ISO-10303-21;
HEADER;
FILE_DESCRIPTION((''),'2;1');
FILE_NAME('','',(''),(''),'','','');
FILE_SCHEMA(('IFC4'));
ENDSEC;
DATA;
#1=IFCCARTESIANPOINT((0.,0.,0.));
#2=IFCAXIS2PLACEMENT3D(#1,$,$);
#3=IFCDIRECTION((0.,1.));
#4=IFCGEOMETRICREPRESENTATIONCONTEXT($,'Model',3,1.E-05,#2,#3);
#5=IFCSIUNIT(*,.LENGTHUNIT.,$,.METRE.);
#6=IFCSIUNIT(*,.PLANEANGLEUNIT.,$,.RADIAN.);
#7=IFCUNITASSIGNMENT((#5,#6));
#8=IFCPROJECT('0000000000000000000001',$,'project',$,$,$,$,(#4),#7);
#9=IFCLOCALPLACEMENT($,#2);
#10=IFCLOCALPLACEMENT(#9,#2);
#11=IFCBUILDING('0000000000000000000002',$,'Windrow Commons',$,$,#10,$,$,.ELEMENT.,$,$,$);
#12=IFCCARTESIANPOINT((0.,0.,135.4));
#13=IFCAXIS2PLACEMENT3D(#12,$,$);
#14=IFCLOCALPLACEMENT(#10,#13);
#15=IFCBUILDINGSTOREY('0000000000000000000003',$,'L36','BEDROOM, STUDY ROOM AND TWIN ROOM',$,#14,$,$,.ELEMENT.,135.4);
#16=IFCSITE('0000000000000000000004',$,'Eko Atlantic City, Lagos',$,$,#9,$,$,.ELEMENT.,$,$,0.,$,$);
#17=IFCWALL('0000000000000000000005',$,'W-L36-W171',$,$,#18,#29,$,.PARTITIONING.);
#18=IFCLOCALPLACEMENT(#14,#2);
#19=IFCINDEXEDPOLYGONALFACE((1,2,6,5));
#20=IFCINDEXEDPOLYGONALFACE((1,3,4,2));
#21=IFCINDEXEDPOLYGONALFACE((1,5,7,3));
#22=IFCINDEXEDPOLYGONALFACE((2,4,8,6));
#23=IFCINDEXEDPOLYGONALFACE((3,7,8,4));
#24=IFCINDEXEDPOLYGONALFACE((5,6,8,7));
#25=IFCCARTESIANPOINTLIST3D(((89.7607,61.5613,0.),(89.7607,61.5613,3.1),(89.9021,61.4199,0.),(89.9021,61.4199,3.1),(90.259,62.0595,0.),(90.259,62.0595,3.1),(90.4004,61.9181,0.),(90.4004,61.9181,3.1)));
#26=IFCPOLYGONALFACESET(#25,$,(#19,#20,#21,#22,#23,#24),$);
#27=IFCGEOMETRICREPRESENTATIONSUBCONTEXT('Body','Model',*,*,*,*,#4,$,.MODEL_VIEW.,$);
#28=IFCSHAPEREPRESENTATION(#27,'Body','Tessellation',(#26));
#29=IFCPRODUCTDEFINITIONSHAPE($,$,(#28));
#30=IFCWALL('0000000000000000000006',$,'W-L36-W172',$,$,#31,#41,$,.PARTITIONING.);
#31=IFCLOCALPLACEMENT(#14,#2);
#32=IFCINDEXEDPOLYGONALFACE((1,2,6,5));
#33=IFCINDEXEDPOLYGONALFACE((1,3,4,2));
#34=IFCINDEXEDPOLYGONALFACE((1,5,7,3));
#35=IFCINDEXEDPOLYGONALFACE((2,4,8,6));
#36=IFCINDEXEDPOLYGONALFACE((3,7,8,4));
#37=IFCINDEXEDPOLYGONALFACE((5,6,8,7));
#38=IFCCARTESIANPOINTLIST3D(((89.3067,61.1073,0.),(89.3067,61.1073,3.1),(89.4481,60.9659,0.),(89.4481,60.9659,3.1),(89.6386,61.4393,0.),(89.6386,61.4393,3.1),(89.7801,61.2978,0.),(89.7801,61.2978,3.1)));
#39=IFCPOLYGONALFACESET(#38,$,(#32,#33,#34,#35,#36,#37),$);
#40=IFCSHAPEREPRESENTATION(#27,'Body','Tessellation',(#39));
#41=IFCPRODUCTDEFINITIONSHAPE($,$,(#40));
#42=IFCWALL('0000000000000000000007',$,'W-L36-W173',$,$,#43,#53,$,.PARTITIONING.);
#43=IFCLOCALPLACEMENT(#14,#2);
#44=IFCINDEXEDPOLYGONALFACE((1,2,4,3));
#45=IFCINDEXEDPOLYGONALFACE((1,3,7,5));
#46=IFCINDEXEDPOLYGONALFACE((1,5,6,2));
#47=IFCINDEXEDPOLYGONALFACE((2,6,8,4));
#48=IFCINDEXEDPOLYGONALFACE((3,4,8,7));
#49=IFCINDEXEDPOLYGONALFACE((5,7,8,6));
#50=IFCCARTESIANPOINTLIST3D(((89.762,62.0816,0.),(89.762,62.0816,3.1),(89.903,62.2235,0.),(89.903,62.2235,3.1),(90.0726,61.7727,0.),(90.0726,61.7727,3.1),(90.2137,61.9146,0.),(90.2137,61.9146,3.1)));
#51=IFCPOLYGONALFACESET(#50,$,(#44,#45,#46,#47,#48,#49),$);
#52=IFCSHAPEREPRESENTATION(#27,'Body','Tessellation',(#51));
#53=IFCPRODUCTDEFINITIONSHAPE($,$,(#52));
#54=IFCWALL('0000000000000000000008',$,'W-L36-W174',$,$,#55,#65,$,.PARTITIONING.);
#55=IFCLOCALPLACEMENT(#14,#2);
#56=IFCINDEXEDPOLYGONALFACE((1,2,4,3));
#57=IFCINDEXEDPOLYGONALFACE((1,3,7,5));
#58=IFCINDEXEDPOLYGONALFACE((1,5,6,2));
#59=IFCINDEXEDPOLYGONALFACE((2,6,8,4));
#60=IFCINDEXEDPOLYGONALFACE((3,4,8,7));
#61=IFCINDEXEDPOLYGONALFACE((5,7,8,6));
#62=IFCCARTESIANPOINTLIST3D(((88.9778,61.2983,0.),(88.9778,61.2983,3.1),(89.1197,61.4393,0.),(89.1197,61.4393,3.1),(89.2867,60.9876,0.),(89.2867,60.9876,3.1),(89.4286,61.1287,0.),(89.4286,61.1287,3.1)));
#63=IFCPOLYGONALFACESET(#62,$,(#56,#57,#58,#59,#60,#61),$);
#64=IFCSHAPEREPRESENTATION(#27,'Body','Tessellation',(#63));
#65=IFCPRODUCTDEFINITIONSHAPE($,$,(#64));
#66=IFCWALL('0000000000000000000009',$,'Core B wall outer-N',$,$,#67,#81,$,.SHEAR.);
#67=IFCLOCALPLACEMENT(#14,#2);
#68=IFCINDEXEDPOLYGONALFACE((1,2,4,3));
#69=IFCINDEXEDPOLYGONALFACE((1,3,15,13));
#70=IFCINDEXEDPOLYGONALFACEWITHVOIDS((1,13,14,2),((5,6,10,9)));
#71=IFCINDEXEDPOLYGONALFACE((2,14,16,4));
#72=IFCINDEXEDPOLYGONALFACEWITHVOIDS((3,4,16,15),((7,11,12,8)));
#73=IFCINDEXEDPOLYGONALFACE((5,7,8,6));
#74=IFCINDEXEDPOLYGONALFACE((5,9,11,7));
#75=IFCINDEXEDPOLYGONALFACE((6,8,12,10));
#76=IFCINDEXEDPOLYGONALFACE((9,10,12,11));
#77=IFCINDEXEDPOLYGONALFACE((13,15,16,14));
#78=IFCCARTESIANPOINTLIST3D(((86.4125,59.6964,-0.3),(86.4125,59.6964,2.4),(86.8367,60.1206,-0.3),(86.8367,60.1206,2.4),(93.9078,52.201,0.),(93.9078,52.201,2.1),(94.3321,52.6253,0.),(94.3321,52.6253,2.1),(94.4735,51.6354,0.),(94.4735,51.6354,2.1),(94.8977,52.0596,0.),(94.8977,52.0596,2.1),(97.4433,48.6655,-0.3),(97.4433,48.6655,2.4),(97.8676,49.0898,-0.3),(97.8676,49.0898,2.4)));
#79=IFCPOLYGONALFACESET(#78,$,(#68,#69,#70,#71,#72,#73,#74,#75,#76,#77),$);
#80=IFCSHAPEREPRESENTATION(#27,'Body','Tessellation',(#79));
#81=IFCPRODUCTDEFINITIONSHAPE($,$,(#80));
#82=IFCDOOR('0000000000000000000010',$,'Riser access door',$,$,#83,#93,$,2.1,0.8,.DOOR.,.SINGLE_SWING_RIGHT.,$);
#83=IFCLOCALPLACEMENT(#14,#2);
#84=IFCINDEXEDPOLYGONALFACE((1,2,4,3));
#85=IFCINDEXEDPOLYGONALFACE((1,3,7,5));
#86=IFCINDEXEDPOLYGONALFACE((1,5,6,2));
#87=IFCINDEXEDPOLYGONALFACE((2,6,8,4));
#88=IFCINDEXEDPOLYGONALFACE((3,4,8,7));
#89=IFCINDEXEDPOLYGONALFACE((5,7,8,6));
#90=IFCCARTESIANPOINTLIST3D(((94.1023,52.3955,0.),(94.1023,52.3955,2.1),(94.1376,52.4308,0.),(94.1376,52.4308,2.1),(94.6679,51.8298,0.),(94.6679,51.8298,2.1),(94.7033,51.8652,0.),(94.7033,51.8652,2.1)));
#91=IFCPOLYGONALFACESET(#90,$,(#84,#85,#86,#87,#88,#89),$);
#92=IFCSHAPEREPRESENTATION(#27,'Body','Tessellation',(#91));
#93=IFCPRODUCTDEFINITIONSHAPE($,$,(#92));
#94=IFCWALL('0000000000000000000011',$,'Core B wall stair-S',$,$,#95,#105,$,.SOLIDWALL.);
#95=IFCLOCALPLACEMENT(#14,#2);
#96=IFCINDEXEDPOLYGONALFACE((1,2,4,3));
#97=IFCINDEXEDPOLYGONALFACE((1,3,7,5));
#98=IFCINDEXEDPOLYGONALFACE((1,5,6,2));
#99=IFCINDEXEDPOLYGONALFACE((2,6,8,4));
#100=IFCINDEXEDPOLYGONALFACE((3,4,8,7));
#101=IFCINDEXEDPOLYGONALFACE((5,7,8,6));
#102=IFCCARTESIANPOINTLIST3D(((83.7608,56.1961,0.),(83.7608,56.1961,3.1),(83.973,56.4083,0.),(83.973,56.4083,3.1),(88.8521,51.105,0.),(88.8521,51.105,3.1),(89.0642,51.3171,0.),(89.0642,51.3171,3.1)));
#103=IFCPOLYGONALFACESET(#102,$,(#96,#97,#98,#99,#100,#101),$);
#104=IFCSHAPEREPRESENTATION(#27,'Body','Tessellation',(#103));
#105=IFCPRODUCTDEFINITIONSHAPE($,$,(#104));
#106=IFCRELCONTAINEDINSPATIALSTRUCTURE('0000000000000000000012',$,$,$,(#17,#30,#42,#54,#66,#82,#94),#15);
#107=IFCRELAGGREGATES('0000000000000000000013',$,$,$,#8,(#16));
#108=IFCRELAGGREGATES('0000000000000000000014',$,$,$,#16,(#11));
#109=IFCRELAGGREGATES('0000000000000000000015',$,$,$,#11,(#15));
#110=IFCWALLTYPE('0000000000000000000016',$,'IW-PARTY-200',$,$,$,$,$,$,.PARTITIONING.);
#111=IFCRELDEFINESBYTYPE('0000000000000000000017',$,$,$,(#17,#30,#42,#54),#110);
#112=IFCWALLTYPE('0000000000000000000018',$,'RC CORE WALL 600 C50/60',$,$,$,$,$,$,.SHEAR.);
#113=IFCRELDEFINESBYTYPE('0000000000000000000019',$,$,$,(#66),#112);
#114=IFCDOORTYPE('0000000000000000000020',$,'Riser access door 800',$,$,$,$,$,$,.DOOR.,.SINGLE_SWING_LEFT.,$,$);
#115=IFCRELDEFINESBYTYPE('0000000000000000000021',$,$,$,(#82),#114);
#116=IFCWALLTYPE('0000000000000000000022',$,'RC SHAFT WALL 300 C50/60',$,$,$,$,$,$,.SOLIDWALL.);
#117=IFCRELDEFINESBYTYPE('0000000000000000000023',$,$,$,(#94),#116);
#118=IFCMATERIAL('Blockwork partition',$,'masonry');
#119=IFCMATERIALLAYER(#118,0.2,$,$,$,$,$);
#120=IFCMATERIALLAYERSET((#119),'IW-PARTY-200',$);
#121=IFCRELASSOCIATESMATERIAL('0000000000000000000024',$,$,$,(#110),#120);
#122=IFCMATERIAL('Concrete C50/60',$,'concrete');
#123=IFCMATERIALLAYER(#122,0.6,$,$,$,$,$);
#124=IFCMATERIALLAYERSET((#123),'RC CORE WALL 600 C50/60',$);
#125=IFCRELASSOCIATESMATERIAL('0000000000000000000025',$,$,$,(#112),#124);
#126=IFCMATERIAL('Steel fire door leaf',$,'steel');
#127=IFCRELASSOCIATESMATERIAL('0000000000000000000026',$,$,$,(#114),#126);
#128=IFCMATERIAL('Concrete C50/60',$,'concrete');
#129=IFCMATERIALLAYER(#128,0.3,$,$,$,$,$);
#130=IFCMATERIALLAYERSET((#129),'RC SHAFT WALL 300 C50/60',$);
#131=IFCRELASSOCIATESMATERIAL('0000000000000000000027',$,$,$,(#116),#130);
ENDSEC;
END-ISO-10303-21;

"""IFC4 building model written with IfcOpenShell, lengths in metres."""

from ifc_helpers import new_model, si_unit, direction, frame, frame_2d, origin, place, context, subcontext, project, spatial, rectangle, extrude, material, layer, layer_set, type_object, element, fill, save


model = new_model("IFC4")

# Units and contexts
model_context = context("Model", 3, precision=1e-05, world=origin(), true_north=direction((0.0, 1.0)))
body_context = subcontext(model_context, "Body", "Model", "MODEL_VIEW")
ifc_project = project(units=[si_unit("LENGTHUNIT", "METRE"), si_unit("PLANEANGLEUNIT", "RADIAN")], contexts=[model_context])

# Site, building, storey
site_placement = place(None, origin())
site = spatial("IfcSite", under=ifc_project, at=site_placement, Name="Eko Atlantic City, Lagos", CompositionType="ELEMENT", RefElevation=0.0)
building_placement = place(site_placement, origin())
building = spatial("IfcBuilding", under=site, at=building_placement, Name="Windrow Commons", CompositionType="ELEMENT")
storey_placement = place(building_placement, frame((0.0, 0.0, 135.4)))
storey = spatial("IfcBuildingStorey", under=building, at=storey_placement, Name="L36", Description="BEDROOM, STUDY ROOM AND TWIN ROOM", CompositionType="ELEMENT", Elevation=135.4)

# Walls
ifc_material_1 = material(Name="Blockwork partition", Category="masonry")
ifc_layer_1 = layer(ifc_material_1, 0.2)
ifc_layer_set_1 = layer_set([ifc_layer_1], Name="IW-PARTY-200")
wall_type_1 = type_object("IfcWallType", Name="IW-PARTY-200", PredefinedType="PARTITIONING", material=ifc_layer_set_1)
wall_1_placement = place(storey_placement, frame((89.8314, 61.4906, 0.0), z_axis=(0.0, 0.0, 1.0), x_axis=(0.707178, 0.707036, 0.0)))
element("IfcWall", 1, at=wall_1_placement, inside=storey, type_object=wall_type_1, Name="W-L36-W171", PredefinedType="PARTITIONING", context=body_context, shape_type="SweptSolid", body=[
    extrude(rectangle(XDim=0.7046, YDim=0.2, at=frame_2d((0.3523, 0.0))), origin(), (0.0, 0.0, 1.0), 3.1),
])
wall_2_placement = place(storey_placement, frame((89.3774, 61.0366, 0.0), z_axis=(0.0, 0.0, 1.0), x_axis=(0.707107, 0.707107, 0.0)))
element("IfcWall", 2, at=wall_2_placement, inside=storey, type_object=wall_type_1, Name="W-L36-W172", PredefinedType="PARTITIONING", context=body_context, shape_type="SweptSolid", body=[
    extrude(rectangle(XDim=0.4695, YDim=0.2, at=frame_2d((0.2347, 0.0))), origin(), (0.0, 0.0, 1.0), 3.1),
])
for number, where, z_axis, x_axis, name in (
    (3, (89.8325, 62.1525, 0.0), (0.0, 0.0, 1.0), (0.709158, -0.70505, 0.0), "W-L36-W173"),
    (4, (89.0488, 61.3688, 0.0), (0.0, 0.0, 1.0), (0.70505, -0.709158, 0.0), "W-L36-W174"),
):
    element("IfcWall", number, at=place(storey_placement, frame(where, z_axis=z_axis, x_axis=x_axis)), inside=storey, type_object=wall_type_1, Name=name, PredefinedType="PARTITIONING", context=body_context, shape_type="SweptSolid", body=[
        extrude(rectangle(XDim=0.4381, YDim=0.2, at=frame_2d((0.219, 0.0))), origin(), (0.0, 0.0, 1.0), 3.1),
    ])

# Wall, opening, door
ifc_material_2 = material(Name="Concrete C50/60", Category="concrete")
ifc_layer_2 = layer(ifc_material_2, 0.6)
ifc_layer_set_2 = layer_set([ifc_layer_2], Name="RC CORE WALL 600 C50/60")
wall_type_2 = type_object("IfcWallType", Name="RC CORE WALL 600 C50/60", PredefinedType="SHEAR", material=ifc_layer_set_2)
wall_3_placement = place(storey_placement, frame((86.6246, 59.9085, -0.3), z_axis=(0.0, 0.0, 1.0), x_axis=(0.707107, -0.707107, 0.0)))
wall_3 = element("IfcWall", 5, at=wall_3_placement, inside=storey, type_object=wall_type_2, Name="Core B wall outer-N", PredefinedType="SHEAR", context=body_context, shape_type="SweptSolid", body=[
    extrude(rectangle(XDim=15.6, YDim=0.6, at=frame_2d((7.8, 0.0))), origin(), (0.0, 0.0, 1.0), 2.7),
])
opening_1_placement = place(wall_3_placement, frame((10.6, 0.0, 0.3)))
opening_1 = element("IfcOpeningElement", 6, at=opening_1_placement, cuts=wall_3, PredefinedType="OPENING", context=body_context, shape_type="SweptSolid", body=[
    extrude(rectangle(XDim=0.8, YDim=2.1, at=frame_2d((0.4, 1.05))), frame((0.0, 0.31, 0.0), z_axis=(0.0, -1.0, 0.0), x_axis=(1.0, 0.0, 0.0)), (0.0, 0.0, 1.0), 0.62),
])
ifc_material_3 = material(Name="Steel fire door leaf", Category="steel")
door_type_1 = type_object("IfcDoorType", Name="Riser access door 800", OperationType="SINGLE_SWING_LEFT", PredefinedType="DOOR", material=ifc_material_3)
door_1_placement = place(opening_1_placement, origin())
door_1 = element("IfcDoor", 7, at=door_1_placement, inside=storey, type_object=door_type_1, Name="Riser access door", OperationType="SINGLE_SWING_RIGHT", OverallHeight=2.1, OverallWidth=0.8, PredefinedType="DOOR", context=body_context, shape_type="SweptSolid", body=[
    extrude(rectangle(XDim=0.8, YDim=2.1, at=frame_2d((0.4, 1.05))), frame((0.0, 0.025, 0.0), z_axis=(0.0, -1.0, 0.0), x_axis=(1.0, 0.0, 0.0)), (0.0, 0.0, 1.0), 0.05),
])
fill(opening_1, door_1)

# Wall
ifc_material_4 = material(Name="Concrete C50/60", Category="concrete")
ifc_layer_3 = layer(ifc_material_4, 0.3)
ifc_layer_set_3 = layer_set([ifc_layer_3], Name="RC SHAFT WALL 300 C50/60")
wall_type_3 = type_object("IfcWallType", Name="RC SHAFT WALL 300 C50/60", PredefinedType="SOLIDWALL", material=ifc_layer_set_3)
wall_4_placement = place(storey_placement, frame((83.8669, 56.3022, 0.0), z_axis=(0.0, 0.0, 1.0), x_axis=(0.707114, -0.7071, 0.0)))
element("IfcWall", 8, at=wall_4_placement, inside=storey, type_object=wall_type_3, Name="Core B wall stair-S", PredefinedType="SOLIDWALL", context=body_context, shape_type="SweptSolid", body=[
    extrude(rectangle(XDim=7.2, YDim=0.3, at=frame_2d((3.6, 0.0))), origin(), (0.0, 0.0, 1.0), 3.1),
])

save(model, "model.ifc")
